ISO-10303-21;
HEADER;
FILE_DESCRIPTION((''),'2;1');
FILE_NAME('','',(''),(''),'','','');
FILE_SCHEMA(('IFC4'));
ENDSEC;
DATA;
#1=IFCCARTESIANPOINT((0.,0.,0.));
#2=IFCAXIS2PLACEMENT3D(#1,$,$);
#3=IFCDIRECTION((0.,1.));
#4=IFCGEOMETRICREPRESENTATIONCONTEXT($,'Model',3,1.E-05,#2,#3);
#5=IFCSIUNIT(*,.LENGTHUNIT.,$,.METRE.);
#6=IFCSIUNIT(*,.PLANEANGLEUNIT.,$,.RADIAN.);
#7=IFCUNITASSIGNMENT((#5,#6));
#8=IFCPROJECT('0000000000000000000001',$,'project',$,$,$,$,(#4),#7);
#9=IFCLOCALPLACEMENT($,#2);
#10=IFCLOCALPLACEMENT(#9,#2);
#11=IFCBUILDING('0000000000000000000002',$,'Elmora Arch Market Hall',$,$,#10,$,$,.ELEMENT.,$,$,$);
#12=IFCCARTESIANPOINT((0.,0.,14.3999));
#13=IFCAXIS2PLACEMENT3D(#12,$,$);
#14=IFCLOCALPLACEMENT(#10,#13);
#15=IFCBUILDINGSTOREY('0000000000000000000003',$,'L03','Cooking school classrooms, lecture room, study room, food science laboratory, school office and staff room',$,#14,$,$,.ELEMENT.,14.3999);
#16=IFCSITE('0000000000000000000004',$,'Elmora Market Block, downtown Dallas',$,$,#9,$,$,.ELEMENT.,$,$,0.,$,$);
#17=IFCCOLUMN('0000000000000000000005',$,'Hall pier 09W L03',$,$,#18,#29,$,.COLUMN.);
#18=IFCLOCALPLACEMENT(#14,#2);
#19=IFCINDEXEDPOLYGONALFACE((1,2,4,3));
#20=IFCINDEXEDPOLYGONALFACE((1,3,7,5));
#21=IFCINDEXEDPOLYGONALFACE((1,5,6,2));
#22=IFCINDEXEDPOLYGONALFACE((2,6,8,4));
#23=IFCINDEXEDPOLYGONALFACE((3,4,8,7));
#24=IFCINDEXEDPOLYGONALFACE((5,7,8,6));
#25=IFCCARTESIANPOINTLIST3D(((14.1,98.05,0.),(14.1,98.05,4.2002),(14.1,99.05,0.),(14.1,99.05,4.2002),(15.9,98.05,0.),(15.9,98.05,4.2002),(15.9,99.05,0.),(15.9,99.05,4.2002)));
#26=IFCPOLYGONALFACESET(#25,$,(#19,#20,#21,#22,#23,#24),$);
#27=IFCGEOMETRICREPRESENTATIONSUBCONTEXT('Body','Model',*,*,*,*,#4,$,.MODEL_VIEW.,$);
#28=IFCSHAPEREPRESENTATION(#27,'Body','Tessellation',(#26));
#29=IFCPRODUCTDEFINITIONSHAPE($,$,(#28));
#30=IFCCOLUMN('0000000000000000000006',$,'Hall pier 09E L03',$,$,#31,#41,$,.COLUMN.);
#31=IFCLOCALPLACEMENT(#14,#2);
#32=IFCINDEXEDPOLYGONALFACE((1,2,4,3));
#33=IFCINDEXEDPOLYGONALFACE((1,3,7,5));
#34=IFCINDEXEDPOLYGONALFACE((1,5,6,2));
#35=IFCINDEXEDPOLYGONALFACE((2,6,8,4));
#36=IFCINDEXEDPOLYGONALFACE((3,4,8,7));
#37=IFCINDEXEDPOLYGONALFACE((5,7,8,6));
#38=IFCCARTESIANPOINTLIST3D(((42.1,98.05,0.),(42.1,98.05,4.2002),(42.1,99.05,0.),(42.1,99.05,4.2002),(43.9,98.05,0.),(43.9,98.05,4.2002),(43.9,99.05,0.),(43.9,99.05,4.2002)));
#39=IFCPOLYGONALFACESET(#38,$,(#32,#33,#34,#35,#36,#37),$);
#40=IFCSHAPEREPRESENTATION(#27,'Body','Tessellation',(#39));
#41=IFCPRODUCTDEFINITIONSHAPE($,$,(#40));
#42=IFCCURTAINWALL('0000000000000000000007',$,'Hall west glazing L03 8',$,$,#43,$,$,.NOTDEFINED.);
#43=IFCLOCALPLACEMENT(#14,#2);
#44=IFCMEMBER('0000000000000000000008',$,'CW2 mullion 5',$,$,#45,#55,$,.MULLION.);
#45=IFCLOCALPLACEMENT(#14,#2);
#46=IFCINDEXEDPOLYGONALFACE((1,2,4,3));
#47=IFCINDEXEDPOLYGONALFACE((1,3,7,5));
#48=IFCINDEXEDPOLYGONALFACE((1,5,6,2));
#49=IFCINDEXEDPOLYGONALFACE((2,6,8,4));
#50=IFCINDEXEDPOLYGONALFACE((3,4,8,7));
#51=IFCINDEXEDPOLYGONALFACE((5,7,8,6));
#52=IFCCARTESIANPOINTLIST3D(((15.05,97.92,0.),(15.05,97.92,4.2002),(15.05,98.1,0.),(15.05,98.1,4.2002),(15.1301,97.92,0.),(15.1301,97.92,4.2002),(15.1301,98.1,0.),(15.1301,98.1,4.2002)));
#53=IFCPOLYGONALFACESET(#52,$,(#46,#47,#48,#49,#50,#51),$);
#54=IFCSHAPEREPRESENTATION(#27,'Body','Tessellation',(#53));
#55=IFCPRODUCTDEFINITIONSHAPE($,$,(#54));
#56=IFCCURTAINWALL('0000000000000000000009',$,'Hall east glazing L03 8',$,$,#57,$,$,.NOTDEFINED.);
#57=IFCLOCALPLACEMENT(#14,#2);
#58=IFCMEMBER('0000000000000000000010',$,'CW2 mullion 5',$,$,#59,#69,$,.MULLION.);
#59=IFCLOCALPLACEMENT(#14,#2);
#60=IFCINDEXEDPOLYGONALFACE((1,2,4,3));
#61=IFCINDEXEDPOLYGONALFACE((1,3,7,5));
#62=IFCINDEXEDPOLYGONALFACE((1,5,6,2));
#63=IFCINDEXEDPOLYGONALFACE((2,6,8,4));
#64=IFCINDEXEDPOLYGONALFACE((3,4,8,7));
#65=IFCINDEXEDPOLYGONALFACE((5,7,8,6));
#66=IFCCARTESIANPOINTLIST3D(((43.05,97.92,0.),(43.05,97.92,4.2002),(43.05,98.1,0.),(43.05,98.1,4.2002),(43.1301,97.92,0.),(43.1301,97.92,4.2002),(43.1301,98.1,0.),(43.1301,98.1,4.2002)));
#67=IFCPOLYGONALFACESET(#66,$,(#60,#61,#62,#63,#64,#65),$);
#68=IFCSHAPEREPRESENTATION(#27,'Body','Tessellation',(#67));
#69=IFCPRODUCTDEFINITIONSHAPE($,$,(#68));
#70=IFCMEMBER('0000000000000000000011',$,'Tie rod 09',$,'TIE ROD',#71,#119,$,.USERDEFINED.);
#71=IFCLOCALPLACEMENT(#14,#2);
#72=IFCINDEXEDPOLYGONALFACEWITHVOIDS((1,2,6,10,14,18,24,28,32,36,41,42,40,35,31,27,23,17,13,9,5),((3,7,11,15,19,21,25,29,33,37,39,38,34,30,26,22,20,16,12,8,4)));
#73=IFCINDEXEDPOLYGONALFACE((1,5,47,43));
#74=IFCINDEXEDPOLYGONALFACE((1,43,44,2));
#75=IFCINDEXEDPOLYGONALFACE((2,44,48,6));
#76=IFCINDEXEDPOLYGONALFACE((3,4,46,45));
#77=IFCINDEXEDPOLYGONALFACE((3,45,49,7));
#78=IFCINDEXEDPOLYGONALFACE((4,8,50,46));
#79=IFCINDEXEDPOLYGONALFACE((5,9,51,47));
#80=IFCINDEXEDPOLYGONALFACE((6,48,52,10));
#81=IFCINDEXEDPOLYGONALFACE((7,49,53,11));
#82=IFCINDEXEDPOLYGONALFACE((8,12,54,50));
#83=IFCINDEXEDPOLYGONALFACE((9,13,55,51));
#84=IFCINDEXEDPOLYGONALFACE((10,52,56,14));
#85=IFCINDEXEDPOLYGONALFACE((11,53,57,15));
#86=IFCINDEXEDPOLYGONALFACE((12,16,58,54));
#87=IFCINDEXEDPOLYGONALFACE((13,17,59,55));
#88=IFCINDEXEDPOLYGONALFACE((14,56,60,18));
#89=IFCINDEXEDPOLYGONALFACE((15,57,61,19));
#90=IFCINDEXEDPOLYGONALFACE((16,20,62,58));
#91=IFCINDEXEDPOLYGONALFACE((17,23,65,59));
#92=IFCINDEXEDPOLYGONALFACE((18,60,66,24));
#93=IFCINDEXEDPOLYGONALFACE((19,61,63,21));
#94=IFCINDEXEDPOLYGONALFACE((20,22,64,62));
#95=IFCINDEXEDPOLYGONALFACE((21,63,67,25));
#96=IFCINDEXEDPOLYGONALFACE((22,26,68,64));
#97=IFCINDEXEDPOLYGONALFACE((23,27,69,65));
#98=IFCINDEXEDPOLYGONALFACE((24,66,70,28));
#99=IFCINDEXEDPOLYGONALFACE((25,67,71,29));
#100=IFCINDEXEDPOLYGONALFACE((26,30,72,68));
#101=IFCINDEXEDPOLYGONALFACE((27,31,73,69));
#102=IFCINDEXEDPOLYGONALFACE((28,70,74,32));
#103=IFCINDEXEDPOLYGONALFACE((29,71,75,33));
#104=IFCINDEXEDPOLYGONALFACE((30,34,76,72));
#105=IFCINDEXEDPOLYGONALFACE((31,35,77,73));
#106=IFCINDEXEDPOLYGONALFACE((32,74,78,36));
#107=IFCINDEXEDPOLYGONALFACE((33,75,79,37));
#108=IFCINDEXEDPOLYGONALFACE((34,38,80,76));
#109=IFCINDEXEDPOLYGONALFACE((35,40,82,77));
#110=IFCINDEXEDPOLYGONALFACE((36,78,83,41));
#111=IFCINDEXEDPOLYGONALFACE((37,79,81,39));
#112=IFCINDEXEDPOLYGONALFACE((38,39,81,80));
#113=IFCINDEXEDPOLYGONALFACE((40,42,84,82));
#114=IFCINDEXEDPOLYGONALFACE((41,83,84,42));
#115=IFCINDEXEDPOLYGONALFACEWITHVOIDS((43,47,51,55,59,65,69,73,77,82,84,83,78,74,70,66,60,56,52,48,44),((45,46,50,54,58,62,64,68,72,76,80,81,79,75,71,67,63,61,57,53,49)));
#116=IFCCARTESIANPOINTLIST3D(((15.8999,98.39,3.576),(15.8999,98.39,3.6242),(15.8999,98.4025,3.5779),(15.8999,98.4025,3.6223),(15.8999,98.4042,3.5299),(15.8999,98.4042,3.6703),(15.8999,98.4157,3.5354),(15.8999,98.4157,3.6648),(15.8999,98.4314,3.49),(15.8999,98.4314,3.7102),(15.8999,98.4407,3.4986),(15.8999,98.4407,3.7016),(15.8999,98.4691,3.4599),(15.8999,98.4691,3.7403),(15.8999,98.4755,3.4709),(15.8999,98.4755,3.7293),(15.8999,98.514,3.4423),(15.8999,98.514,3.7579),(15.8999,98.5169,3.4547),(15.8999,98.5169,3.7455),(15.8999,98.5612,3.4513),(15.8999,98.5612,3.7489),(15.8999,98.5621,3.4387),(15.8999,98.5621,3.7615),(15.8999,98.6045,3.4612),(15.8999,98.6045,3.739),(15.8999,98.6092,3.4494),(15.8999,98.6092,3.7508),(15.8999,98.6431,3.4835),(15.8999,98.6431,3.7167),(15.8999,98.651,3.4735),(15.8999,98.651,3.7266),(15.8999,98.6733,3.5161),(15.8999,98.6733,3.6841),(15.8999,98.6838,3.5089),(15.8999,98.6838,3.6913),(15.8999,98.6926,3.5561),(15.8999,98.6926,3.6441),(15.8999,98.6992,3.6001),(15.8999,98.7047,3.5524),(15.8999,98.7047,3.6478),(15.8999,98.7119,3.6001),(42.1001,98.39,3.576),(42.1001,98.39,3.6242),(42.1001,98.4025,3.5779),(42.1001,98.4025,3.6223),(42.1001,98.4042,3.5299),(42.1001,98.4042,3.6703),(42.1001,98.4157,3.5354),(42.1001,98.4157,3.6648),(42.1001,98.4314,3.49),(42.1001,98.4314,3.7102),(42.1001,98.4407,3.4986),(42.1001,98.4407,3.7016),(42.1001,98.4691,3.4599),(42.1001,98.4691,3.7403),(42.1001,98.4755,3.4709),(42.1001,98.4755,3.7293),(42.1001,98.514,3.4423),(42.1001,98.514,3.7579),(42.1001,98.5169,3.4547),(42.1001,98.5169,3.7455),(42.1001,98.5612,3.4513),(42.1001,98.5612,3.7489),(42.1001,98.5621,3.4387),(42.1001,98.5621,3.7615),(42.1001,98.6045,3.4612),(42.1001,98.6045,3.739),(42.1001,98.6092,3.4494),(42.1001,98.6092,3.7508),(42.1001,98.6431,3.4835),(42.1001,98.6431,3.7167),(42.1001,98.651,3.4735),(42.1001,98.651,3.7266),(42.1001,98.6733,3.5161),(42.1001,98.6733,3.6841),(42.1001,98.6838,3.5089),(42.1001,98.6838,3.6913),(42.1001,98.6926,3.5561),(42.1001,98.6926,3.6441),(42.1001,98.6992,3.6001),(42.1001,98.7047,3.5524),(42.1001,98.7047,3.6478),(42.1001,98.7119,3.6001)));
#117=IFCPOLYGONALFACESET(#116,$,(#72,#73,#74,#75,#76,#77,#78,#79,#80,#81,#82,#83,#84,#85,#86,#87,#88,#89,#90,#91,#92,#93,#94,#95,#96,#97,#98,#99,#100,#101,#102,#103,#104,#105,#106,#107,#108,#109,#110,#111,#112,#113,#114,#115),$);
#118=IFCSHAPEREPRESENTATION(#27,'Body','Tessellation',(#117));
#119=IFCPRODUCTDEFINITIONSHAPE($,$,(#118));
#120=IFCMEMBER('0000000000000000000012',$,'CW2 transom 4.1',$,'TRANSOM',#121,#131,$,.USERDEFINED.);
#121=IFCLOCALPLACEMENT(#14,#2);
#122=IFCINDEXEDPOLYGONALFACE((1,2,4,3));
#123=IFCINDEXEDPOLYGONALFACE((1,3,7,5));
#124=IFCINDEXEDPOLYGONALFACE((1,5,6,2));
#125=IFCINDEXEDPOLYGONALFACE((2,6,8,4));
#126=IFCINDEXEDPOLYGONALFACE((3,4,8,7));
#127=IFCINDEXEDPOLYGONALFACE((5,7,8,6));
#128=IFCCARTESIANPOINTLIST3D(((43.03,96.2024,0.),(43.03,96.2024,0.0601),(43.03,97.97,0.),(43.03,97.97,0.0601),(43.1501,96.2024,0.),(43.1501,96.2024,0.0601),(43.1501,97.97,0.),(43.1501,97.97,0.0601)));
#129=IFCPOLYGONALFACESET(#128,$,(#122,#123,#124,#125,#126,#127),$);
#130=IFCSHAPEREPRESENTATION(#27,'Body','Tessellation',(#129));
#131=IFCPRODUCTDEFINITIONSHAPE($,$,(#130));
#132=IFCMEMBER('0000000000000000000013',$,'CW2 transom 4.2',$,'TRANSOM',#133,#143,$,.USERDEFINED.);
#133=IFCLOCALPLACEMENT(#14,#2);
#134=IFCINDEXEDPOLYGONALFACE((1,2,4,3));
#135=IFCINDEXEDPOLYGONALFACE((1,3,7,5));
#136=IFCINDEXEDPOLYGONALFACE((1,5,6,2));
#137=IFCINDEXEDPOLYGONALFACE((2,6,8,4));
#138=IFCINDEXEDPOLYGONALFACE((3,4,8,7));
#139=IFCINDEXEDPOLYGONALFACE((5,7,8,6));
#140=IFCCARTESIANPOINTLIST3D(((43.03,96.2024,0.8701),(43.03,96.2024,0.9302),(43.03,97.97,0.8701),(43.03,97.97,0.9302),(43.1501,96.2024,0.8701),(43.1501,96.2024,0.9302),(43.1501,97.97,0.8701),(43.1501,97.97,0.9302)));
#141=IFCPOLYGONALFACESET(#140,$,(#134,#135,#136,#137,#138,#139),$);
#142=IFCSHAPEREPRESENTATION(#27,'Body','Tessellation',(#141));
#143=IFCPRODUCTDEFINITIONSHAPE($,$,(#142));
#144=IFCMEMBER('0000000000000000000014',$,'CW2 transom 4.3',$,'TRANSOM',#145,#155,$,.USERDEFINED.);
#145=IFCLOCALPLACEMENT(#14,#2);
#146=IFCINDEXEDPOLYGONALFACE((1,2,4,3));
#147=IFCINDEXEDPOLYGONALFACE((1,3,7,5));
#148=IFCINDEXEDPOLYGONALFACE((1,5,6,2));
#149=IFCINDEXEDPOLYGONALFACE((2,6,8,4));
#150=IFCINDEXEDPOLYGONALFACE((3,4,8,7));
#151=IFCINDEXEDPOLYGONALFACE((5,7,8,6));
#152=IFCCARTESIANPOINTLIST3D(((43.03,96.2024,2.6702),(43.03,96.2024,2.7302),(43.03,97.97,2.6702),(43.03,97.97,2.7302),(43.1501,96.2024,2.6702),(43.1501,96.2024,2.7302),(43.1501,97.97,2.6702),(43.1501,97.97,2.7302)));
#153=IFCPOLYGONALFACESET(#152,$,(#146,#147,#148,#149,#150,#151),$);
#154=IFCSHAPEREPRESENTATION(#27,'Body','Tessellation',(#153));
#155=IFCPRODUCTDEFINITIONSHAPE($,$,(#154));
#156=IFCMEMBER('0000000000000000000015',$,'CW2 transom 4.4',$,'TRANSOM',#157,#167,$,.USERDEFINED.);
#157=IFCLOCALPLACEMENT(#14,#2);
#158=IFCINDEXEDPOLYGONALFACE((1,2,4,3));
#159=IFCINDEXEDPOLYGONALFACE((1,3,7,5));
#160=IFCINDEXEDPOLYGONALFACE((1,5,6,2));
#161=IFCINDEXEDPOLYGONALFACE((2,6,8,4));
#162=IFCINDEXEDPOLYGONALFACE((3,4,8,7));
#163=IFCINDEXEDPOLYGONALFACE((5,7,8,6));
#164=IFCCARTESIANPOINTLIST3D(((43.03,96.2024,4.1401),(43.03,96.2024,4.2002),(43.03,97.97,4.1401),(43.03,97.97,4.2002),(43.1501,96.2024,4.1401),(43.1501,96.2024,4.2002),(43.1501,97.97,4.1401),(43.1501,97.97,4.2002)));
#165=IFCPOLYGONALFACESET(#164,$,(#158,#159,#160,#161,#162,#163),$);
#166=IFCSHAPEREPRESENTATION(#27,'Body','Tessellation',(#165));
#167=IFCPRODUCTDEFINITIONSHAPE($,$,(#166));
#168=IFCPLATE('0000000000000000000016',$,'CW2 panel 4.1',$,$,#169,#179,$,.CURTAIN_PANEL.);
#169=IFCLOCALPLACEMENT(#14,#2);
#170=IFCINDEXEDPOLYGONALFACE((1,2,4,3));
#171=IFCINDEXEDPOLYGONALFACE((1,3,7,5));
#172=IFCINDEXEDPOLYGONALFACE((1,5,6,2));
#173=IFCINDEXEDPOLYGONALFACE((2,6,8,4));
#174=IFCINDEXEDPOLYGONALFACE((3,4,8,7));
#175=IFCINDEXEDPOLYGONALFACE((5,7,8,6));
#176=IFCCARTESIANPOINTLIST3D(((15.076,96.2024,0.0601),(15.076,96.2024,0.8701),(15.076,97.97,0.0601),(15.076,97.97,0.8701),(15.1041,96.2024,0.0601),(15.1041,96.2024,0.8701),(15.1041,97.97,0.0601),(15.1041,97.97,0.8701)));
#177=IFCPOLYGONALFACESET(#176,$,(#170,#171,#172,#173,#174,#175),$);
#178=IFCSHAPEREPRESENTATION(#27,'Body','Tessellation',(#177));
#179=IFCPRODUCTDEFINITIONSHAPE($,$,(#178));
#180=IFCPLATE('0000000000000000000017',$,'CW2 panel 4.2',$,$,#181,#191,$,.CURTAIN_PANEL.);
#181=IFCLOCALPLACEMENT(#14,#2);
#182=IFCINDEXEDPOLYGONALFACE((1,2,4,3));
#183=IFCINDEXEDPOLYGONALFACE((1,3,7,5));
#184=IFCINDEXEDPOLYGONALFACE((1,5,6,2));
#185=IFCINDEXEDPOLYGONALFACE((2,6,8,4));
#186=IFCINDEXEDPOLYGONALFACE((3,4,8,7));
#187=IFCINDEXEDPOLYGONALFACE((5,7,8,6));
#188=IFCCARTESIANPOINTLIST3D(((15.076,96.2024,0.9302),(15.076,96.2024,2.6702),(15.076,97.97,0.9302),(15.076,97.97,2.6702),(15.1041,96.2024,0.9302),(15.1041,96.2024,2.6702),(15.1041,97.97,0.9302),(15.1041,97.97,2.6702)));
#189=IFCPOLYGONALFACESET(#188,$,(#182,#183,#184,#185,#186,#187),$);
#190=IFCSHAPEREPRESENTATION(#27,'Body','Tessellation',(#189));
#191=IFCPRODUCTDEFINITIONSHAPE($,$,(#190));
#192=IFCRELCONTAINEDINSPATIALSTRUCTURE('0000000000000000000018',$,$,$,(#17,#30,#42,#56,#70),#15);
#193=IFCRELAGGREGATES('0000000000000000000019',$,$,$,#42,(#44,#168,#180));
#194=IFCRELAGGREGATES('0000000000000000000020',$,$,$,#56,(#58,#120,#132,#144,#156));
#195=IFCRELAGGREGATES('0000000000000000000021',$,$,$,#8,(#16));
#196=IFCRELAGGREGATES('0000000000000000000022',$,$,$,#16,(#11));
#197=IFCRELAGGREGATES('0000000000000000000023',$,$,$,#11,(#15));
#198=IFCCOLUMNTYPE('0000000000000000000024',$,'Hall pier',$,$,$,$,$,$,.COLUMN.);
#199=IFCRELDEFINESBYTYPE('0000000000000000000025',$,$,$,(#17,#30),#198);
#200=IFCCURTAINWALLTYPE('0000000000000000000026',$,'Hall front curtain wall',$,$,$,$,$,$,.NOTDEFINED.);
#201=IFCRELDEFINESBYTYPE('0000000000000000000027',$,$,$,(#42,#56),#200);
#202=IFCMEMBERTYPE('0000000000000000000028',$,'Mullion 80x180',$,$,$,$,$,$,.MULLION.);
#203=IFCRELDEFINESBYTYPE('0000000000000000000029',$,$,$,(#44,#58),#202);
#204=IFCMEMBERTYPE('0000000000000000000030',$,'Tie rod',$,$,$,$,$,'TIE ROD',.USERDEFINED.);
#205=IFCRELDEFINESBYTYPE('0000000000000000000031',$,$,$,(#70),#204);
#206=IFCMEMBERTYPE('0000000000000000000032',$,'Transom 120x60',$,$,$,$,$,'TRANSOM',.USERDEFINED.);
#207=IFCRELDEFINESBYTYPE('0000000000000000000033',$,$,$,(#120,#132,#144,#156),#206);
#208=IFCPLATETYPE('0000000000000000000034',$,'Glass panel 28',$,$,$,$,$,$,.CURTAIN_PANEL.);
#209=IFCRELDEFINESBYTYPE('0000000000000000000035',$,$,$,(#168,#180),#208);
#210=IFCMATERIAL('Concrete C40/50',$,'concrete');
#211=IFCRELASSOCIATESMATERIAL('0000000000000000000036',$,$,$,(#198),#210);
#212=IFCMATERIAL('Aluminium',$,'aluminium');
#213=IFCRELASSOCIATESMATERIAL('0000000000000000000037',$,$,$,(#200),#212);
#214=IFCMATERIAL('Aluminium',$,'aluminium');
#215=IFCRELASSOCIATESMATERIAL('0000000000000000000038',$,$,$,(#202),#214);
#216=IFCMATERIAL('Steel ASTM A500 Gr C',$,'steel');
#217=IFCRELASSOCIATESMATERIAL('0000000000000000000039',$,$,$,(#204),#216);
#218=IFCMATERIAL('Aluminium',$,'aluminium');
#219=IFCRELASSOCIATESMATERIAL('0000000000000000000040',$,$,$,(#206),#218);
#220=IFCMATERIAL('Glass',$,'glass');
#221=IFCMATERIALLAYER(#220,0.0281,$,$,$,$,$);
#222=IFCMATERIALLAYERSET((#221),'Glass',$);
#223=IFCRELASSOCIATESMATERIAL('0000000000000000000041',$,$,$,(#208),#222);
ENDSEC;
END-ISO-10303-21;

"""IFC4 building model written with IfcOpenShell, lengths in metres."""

from ifc_helpers import new_model, si_unit, direction, frame, origin, origin_2d, place, context, subcontext, project, spatial, rectangle, hollow_circle, extrude, material, layer, layer_set, material_profile, profile_set, type_object, element, aggregate, save


model = new_model("IFC4")

# Units and contexts
model_context = context("Model", 3, precision=1e-05, world=origin(), true_north=direction((0.0, 1.0)))
body_context = subcontext(model_context, "Body", "Model", "MODEL_VIEW")
ifc_project = project(units=[si_unit("LENGTHUNIT", "METRE"), si_unit("PLANEANGLEUNIT", "RADIAN")], contexts=[model_context])

# Site, building, storey
site_placement = place(None, origin())
site = spatial("IfcSite", under=ifc_project, at=site_placement, Name="Elmora Market Block, downtown Dallas", CompositionType="ELEMENT", RefElevation=0.0)
building_placement = place(site_placement, origin())
building = spatial("IfcBuilding", under=site, at=building_placement, Name="Elmora Arch Market Hall", CompositionType="ELEMENT")
storey_placement = place(building_placement, frame((0.0, 0.0, 14.3999)))
storey = spatial("IfcBuildingStorey", under=building, at=storey_placement, Name="L03", Description="Cooking school classrooms, lecture room, study room, food science laboratory, school office and staff room", CompositionType="ELEMENT", Elevation=14.3999)

# Columns
ifc_material_1 = material(Name="Concrete C40/50", Category="concrete")
ifc_material_profile_1 = material_profile(ifc_material_1, rectangle(XDim=1.8, YDim=1.0, at=origin_2d()), Name="Hall pier")
ifc_profile_set_1 = profile_set([ifc_material_profile_1], Name="Concrete C40/50")
column_type = type_object("IfcColumnType", Name="Hall pier", PredefinedType="COLUMN", material=ifc_profile_set_1)
for number, where, z_axis, x_axis, name in (
    (1, (15.0, 98.55, 0.0), (0.0, 0.0, 1.0), (1.0, 0.0, 0.0), "Hall pier 09W L03"),
    (2, (43.0, 98.55, 0.0), (0.0, 0.0, 1.0), (1.0, 0.0, 0.0), "Hall pier 09E L03"),
):
    element("IfcColumn", number, at=place(storey_placement, frame(where, z_axis=z_axis, x_axis=x_axis)), inside=storey, type_object=column_type, Name=name, PredefinedType="COLUMN", context=body_context, shape_type="SweptSolid", body=[
        extrude(rectangle(XDim=1.8, YDim=1.0, at=origin_2d()), origin(), (0.0, 0.0, 1.0), 4.2002),
    ])

# Curtain walls, members
ifc_material_2 = material(Name="Aluminium", Category="aluminium")
curtain_wall_type = type_object("IfcCurtainWallType", Name="Hall front curtain wall", PredefinedType="NOTDEFINED", material=ifc_material_2)
curtain_wall_1_placement = place(storey_placement, origin())
curtain_wall_1 = element("IfcCurtainWall", 3, at=curtain_wall_1_placement, inside=storey, type_object=curtain_wall_type, Name="Hall west glazing L03 8", PredefinedType="NOTDEFINED")
ifc_material_3 = material(Name="Aluminium", Category="aluminium")
ifc_material_profile_2 = material_profile(ifc_material_3, rectangle(XDim=0.0801, YDim=0.1799, at=origin_2d()), Name="AL 80x180")
ifc_profile_set_2 = profile_set([ifc_material_profile_2], Name="Aluminium")
member_type_1 = type_object("IfcMemberType", Name="Mullion 80x180", PredefinedType="MULLION", material=ifc_profile_set_2)
member_1_placement = place(storey_placement, frame((15.0901, 98.01, 0.0), z_axis=(0.0, 0.0, 1.0), x_axis=(-1.0, 0.0, 0.0)))
member_1 = element("IfcMember", 4, at=member_1_placement, type_object=member_type_1, Name="CW2 mullion 5", PredefinedType="MULLION", context=body_context, shape_type="SweptSolid", body=[
    extrude(rectangle(XDim=0.0801, YDim=0.1799, at=origin_2d()), origin(), (0.0, 0.0, 1.0), 4.2002),
])
curtain_wall_2_placement = place(storey_placement, origin())
curtain_wall_2 = element("IfcCurtainWall", 5, at=curtain_wall_2_placement, inside=storey, type_object=curtain_wall_type, Name="Hall east glazing L03 8", PredefinedType="NOTDEFINED")
member_2_placement = place(storey_placement, frame((43.0901, 98.01, 0.0), z_axis=(0.0, 0.0, 1.0), x_axis=(-1.0, 0.0, 0.0)))
member_2 = element("IfcMember", 6, at=member_2_placement, type_object=member_type_1, Name="CW2 mullion 5", PredefinedType="MULLION", context=body_context, shape_type="SweptSolid", body=[
    extrude(rectangle(XDim=0.0801, YDim=0.1799, at=origin_2d()), origin(), (0.0, 0.0, 1.0), 4.2002),
])

# Members
ifc_material_4 = material(Name="Steel ASTM A500 Gr C", Category="steel")
ifc_material_profile_3 = material_profile(ifc_material_4, hollow_circle(Radius=0.1619, WallThickness=0.0127, at=origin_2d()), Name="Tie rod")
ifc_profile_set_3 = profile_set([ifc_material_profile_3], Name="Steel ASTM A500 Gr C")
member_type_2 = type_object("IfcMemberType", Name="Tie rod", ElementType="TIE ROD", PredefinedType="USERDEFINED", material=ifc_profile_set_3)
member_3_placement = place(storey_placement, frame((15.8999, 98.55, 3.6001), z_axis=(1.0, 0.0, 0.0), x_axis=(0.0, 1.0, 0.0)))
element("IfcMember", 7, at=member_3_placement, inside=storey, type_object=member_type_2, Name="Tie rod 09", ObjectType="TIE ROD", PredefinedType="USERDEFINED", context=body_context, shape_type="SweptSolid", body=[
    extrude(hollow_circle(Radius=0.1619, WallThickness=0.0127, at=origin_2d()), origin(), (0.0, 0.0, 1.0), 26.2002),
])
ifc_material_5 = material(Name="Aluminium", Category="aluminium")
ifc_material_profile_4 = material_profile(ifc_material_5, rectangle(XDim=0.1201, YDim=0.0601, at=origin_2d()), Name="AL 120x60")
ifc_profile_set_4 = profile_set([ifc_material_profile_4], Name="Aluminium")
member_type_3 = type_object("IfcMemberType", Name="Transom 120x60", ElementType="TRANSOM", PredefinedType="USERDEFINED", material=ifc_profile_set_4)
member_4_placement = place(storey_placement, frame((43.0901, 96.2024, 0.03), z_axis=(0.0, 1.0, 0.0), x_axis=(-1.0, 0.0, 0.0)))
member_4 = element("IfcMember", 8, at=member_4_placement, type_object=member_type_3, Name="CW2 transom 4.1", ObjectType="TRANSOM", PredefinedType="USERDEFINED", context=body_context, shape_type="SweptSolid", body=[
    extrude(rectangle(XDim=0.1201, YDim=0.0601, at=origin_2d()), origin(), (0.0, 0.0, 1.0), 1.7676),
])
member_5_placement = place(storey_placement, frame((43.0901, 96.2024, 0.9001), z_axis=(0.0, 1.0, 0.0), x_axis=(-1.0, 0.0, 0.0)))
member_5 = element("IfcMember", 9, at=member_5_placement, type_object=member_type_3, Name="CW2 transom 4.2", ObjectType="TRANSOM", PredefinedType="USERDEFINED", context=body_context, shape_type="SweptSolid", body=[
    extrude(rectangle(XDim=0.1201, YDim=0.0601, at=origin_2d()), origin(), (0.0, 0.0, 1.0), 1.7676),
])
member_6_placement = place(storey_placement, frame((43.0901, 96.2024, 2.7002), z_axis=(0.0, 1.0, 0.0), x_axis=(-1.0, 0.0, 0.0)))
member_6 = element("IfcMember", 10, at=member_6_placement, type_object=member_type_3, Name="CW2 transom 4.3", ObjectType="TRANSOM", PredefinedType="USERDEFINED", context=body_context, shape_type="SweptSolid", body=[
    extrude(rectangle(XDim=0.1201, YDim=0.0601, at=origin_2d()), origin(), (0.0, 0.0, 1.0), 1.7676),
])
member_7_placement = place(storey_placement, frame((43.0901, 96.2024, 4.1702), z_axis=(0.0, 1.0, 0.0), x_axis=(-1.0, 0.0, 0.0)))
member_7 = element("IfcMember", 11, at=member_7_placement, type_object=member_type_3, Name="CW2 transom 4.4", ObjectType="TRANSOM", PredefinedType="USERDEFINED", context=body_context, shape_type="SweptSolid", body=[
    extrude(rectangle(XDim=0.1201, YDim=0.0601, at=origin_2d()), origin(), (0.0, 0.0, 1.0), 1.7676),
])

# Plates
ifc_material_6 = material(Name="Glass", Category="glass")
ifc_layer_1 = layer(ifc_material_6, 0.0281)
ifc_layer_set_1 = layer_set([ifc_layer_1], Name="Glass")
plate_type = type_object("IfcPlateType", Name="Glass panel 28", PredefinedType="CURTAIN_PANEL", material=ifc_layer_set_1)
plate_1_placement = place(storey_placement, frame((15.0901, 97.0862, 0.0601), z_axis=(0.0, 0.0, 1.0), x_axis=(0.0, 1.0, 0.0)))
plate_1 = element("IfcPlate", 12, at=plate_1_placement, type_object=plate_type, Name="CW2 panel 4.1", PredefinedType="CURTAIN_PANEL", context=body_context, shape_type="SweptSolid", body=[
    extrude(rectangle(XDim=1.7676, YDim=0.0281, at=origin_2d()), origin(), (0.0, 0.0, 1.0), 0.8101),
])
plate_2_placement = place(storey_placement, frame((15.0901, 97.0862, 0.9302), z_axis=(0.0, 0.0, 1.0), x_axis=(0.0, 1.0, 0.0)))
plate_2 = element("IfcPlate", 13, at=plate_2_placement, type_object=plate_type, Name="CW2 panel 4.2", PredefinedType="CURTAIN_PANEL", context=body_context, shape_type="SweptSolid", body=[
    extrude(rectangle(XDim=1.7676, YDim=0.0281, at=origin_2d()), origin(), (0.0, 0.0, 1.0), 1.74),
])
aggregate(curtain_wall_1, [member_1, plate_1, plate_2])
aggregate(curtain_wall_2, [member_2, member_4, member_5, member_6, member_7])

save(model, "model.ifc")
